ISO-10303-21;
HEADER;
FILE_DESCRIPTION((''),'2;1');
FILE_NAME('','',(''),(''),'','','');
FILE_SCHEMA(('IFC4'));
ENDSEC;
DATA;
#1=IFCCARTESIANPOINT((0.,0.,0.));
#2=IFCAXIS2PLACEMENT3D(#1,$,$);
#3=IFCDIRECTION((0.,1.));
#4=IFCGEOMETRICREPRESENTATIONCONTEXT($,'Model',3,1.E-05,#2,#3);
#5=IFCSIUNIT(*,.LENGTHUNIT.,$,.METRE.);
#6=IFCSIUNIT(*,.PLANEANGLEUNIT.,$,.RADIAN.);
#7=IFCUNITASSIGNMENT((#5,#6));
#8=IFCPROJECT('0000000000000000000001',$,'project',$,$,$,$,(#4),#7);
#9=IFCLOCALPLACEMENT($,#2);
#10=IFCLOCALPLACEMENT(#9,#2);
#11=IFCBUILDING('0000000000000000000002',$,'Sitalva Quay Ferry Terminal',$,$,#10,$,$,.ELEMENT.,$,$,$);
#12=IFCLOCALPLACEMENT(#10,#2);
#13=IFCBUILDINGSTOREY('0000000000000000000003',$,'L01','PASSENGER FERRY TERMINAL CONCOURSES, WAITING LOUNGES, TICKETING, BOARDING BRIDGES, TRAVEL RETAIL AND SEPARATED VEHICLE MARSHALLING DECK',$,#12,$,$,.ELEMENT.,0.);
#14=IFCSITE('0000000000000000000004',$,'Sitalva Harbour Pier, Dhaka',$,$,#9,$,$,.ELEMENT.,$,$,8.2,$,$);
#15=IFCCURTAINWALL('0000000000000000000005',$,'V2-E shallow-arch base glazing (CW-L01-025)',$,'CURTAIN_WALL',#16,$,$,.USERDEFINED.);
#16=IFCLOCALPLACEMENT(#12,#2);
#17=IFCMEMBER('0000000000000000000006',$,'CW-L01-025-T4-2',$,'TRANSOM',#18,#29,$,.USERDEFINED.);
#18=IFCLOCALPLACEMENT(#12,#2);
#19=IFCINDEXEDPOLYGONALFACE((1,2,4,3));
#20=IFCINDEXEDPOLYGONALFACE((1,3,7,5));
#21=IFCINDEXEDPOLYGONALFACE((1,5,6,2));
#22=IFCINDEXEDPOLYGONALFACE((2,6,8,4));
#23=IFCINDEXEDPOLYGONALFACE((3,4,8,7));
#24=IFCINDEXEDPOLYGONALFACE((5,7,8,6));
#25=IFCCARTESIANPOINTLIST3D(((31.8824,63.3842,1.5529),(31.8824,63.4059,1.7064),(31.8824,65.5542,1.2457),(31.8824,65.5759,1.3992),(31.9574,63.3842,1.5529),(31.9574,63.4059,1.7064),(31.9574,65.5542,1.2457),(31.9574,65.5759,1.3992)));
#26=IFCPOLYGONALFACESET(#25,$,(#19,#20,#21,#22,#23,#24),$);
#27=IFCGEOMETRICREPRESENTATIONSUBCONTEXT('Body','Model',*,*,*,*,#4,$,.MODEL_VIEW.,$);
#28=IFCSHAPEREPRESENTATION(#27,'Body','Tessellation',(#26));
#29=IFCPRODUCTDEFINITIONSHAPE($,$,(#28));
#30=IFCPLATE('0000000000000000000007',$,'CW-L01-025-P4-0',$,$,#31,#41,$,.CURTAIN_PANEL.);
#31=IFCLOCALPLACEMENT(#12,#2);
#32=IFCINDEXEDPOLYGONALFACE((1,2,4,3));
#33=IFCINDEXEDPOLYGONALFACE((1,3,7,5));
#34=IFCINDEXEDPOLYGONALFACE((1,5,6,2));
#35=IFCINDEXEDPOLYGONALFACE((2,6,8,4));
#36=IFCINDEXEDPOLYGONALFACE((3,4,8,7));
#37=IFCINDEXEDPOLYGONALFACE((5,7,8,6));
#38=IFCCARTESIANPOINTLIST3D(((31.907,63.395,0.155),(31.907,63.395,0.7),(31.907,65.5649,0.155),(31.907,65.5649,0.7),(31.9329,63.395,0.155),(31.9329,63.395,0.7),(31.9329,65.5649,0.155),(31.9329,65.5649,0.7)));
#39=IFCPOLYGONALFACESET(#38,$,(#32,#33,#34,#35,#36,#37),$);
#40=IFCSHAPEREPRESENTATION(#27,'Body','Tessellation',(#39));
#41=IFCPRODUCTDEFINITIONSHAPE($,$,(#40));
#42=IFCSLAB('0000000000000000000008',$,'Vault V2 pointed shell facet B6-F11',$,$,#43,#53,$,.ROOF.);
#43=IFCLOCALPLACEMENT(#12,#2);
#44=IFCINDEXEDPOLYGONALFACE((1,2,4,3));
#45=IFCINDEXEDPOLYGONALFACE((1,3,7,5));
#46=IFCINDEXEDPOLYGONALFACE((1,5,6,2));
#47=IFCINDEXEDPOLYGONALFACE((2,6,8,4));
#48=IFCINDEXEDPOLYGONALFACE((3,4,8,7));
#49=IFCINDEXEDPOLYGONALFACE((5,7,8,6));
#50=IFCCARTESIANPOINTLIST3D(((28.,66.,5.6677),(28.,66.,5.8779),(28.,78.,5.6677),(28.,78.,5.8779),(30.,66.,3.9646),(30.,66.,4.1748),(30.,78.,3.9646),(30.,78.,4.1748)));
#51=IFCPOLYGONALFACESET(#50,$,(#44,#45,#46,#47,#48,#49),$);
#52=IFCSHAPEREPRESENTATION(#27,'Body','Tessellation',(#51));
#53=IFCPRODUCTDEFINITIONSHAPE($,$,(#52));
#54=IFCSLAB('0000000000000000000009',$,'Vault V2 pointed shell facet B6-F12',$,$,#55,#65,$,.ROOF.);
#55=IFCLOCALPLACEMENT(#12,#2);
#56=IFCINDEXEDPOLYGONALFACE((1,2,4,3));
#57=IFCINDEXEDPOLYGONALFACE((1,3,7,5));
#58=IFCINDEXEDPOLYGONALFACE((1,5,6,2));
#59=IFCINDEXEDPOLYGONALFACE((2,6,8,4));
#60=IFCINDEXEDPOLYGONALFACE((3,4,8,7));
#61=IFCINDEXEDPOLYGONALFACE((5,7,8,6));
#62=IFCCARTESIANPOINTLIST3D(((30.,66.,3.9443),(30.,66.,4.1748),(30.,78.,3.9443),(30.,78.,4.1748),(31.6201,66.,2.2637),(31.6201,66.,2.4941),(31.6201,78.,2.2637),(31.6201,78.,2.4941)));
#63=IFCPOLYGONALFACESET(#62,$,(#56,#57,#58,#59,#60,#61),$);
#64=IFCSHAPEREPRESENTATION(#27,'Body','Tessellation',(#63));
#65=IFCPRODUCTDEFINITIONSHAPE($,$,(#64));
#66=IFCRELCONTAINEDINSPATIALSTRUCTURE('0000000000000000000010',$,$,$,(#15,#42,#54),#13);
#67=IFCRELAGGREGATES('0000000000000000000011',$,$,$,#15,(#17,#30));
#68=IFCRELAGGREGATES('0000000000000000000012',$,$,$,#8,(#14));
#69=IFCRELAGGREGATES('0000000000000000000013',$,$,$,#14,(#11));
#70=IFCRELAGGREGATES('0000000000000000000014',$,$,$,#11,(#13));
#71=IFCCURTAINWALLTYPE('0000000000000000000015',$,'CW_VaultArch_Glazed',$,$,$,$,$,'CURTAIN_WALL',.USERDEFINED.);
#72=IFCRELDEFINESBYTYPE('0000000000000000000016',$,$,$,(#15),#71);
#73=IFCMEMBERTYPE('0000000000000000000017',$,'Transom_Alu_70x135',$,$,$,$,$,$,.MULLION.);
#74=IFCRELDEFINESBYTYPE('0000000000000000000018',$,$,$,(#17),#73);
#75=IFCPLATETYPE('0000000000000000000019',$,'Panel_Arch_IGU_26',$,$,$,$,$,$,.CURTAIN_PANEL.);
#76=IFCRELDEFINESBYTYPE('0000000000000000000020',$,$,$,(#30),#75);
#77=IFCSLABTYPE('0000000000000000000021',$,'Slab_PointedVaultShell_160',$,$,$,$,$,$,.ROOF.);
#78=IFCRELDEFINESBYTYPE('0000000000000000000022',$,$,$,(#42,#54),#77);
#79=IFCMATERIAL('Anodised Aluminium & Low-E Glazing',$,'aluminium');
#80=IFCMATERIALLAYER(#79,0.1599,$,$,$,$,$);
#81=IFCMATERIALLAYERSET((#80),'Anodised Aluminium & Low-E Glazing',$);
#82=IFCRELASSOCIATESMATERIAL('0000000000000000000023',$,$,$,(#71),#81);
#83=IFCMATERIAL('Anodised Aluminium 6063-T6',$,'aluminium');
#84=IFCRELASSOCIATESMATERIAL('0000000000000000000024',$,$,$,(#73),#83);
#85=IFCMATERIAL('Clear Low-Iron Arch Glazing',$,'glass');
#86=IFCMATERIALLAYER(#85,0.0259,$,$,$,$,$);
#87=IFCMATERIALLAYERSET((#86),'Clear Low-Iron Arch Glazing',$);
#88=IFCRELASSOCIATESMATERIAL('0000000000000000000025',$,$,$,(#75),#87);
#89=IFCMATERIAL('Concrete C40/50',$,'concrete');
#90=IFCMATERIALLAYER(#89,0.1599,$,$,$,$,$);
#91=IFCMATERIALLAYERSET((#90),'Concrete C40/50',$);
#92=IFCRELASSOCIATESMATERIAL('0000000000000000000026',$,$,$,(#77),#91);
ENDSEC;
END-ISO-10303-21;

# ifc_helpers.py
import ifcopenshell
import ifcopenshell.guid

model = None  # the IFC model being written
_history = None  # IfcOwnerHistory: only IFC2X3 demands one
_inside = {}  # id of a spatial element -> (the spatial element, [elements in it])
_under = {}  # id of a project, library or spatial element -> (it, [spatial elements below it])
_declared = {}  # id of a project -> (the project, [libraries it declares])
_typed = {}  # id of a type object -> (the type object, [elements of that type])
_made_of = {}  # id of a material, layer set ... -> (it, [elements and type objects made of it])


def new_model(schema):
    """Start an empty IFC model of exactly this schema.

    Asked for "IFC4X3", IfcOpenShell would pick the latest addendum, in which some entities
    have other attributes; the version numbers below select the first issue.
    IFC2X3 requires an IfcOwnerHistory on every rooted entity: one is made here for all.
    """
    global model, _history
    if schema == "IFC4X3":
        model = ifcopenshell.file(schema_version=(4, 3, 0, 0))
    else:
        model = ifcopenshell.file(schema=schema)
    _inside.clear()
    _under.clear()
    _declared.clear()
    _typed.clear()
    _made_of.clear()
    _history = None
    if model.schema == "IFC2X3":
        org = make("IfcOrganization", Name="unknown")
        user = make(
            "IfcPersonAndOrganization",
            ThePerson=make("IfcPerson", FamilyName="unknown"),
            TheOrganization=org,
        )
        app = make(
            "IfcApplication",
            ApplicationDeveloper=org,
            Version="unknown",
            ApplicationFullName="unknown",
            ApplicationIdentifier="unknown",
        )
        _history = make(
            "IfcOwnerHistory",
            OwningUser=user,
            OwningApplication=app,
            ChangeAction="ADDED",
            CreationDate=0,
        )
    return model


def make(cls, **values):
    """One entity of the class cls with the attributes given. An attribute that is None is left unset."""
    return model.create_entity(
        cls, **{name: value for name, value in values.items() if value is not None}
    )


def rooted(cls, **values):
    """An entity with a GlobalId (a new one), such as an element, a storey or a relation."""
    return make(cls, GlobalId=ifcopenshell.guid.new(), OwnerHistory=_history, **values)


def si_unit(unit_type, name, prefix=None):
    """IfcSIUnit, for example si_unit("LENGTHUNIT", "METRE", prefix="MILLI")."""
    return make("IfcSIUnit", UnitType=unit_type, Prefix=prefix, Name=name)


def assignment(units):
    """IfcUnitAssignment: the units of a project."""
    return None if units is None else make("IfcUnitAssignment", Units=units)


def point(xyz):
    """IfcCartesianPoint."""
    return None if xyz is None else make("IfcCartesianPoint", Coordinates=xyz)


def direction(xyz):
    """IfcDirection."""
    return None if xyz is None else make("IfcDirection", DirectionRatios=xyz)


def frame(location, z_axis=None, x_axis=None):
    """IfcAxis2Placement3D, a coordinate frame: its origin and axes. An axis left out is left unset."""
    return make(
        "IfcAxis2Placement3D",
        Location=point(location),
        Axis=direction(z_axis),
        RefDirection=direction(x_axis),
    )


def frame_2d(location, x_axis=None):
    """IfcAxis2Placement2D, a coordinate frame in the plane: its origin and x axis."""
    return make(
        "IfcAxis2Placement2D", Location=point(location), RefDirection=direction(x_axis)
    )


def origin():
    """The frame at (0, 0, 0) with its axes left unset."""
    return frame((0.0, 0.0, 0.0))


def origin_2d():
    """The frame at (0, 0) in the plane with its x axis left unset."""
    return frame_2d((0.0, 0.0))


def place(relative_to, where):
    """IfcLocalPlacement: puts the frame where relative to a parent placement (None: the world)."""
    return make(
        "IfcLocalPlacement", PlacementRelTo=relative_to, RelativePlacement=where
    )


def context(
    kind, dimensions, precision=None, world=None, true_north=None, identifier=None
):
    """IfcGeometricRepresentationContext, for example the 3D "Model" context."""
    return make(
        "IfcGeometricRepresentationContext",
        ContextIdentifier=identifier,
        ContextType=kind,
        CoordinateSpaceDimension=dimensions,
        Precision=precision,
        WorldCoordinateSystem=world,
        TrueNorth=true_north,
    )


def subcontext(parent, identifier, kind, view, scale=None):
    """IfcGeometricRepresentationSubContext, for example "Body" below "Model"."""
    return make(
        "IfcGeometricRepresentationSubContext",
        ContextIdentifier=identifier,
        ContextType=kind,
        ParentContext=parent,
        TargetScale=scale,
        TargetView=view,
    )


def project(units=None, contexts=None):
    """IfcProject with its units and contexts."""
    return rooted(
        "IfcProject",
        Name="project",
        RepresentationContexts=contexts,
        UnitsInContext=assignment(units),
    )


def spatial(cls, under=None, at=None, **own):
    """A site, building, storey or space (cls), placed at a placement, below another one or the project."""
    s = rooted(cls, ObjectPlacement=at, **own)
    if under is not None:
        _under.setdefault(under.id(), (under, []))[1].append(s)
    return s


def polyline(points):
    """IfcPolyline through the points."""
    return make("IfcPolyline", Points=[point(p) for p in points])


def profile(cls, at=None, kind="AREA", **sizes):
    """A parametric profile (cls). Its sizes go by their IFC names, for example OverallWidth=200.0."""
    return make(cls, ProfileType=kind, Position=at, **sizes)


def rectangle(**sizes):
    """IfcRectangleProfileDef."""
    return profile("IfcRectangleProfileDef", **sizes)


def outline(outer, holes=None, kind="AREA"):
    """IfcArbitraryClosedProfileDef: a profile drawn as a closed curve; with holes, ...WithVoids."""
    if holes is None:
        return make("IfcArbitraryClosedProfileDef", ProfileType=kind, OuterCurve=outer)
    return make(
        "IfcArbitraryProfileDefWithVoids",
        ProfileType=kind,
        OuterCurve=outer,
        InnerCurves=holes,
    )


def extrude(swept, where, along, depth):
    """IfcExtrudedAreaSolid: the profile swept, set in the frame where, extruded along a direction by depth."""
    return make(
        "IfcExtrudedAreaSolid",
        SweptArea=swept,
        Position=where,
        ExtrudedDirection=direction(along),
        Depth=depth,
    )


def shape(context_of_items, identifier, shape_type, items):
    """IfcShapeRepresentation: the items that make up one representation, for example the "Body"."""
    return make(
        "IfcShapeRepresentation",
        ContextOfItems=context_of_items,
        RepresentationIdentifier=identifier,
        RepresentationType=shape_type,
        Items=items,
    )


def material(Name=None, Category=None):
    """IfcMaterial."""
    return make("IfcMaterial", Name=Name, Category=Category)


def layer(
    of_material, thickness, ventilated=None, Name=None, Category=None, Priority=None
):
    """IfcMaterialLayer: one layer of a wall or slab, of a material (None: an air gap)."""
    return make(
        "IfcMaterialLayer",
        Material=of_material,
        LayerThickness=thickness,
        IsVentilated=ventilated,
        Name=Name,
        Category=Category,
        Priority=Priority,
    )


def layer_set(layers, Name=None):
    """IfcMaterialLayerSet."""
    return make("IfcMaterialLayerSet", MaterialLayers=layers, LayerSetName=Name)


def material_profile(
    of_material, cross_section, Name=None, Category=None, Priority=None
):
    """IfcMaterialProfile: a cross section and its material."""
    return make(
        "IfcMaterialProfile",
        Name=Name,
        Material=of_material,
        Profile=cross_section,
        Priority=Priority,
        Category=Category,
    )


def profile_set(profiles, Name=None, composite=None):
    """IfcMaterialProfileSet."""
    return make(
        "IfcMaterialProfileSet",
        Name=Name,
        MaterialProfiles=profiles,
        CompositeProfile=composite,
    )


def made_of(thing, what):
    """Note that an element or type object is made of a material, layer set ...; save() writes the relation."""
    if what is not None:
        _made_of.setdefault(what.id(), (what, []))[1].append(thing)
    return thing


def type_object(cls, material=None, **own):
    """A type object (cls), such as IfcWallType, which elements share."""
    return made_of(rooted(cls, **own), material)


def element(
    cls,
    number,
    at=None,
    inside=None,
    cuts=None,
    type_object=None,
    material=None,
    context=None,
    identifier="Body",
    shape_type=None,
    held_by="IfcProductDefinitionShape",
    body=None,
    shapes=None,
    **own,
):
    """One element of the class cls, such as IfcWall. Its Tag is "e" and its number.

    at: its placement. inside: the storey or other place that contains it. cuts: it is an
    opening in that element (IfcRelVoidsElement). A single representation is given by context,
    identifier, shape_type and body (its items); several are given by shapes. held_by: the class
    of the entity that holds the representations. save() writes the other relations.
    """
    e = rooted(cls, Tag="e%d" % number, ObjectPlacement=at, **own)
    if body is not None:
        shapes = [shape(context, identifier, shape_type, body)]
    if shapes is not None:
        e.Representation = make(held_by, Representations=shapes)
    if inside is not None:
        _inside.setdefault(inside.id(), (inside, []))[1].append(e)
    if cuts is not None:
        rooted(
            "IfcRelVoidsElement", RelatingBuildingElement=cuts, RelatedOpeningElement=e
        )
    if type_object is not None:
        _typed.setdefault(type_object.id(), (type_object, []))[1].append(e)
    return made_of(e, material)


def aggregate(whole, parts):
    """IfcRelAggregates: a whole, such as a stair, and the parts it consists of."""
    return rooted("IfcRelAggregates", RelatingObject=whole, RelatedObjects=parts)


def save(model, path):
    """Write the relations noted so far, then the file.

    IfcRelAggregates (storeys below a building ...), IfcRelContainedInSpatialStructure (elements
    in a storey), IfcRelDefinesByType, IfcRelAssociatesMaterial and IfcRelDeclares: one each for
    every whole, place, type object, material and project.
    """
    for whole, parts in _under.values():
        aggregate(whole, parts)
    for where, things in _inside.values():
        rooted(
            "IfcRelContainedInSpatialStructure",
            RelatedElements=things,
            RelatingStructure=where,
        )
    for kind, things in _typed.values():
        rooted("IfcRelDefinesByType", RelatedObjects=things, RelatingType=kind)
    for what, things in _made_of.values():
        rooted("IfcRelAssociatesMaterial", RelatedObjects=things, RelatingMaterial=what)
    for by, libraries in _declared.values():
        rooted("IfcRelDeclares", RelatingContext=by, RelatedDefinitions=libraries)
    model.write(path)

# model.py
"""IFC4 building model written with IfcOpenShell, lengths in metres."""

from ifc_helpers import new_model, si_unit, direction, frame, origin, origin_2d, place, context, subcontext, project, spatial, polyline, rectangle, outline, extrude, material, layer, layer_set, material_profile, profile_set, type_object, element, aggregate, save


model = new_model("IFC4")

# Units and contexts
model_context = context("Model", 3, precision=1e-05, world=origin(), true_north=direction((0.0, 1.0)))
body_context = subcontext(model_context, "Body", "Model", "MODEL_VIEW")
ifc_project = project(units=[si_unit("LENGTHUNIT", "METRE"), si_unit("PLANEANGLEUNIT", "RADIAN")], contexts=[model_context])

# Site, building, storey
site_placement = place(None, origin())
site = spatial("IfcSite", under=ifc_project, at=site_placement, Name="Sitalva Harbour Pier, Dhaka", CompositionType="ELEMENT", RefElevation=8.2)
building_placement = place(site_placement, origin())
building = spatial("IfcBuilding", under=site, at=building_placement, Name="Sitalva Quay Ferry Terminal", CompositionType="ELEMENT")
storey_placement = place(building_placement, origin())
storey = spatial("IfcBuildingStorey", under=building, at=storey_placement, Name="L01", Description="PASSENGER FERRY TERMINAL CONCOURSES, WAITING LOUNGES, TICKETING, BOARDING BRIDGES, TRAVEL RETAIL AND SEPARATED VEHICLE MARSHALLING DECK", CompositionType="ELEMENT", Elevation=0.0)

# Curtain wall, member, plate
ifc_material_1 = material(Name="Anodised Aluminium & Low-E Glazing", Category="aluminium")
ifc_layer_1 = layer(ifc_material_1, 0.1599)
ifc_layer_set_1 = layer_set([ifc_layer_1], Name="Anodised Aluminium & Low-E Glazing")
curtain_wall_type = type_object("IfcCurtainWallType", Name="CW_VaultArch_Glazed", ElementType="CURTAIN_WALL", PredefinedType="USERDEFINED", material=ifc_layer_set_1)
curtain_wall_placement = place(storey_placement, origin())
curtain_wall = element("IfcCurtainWall", 1, at=curtain_wall_placement, inside=storey, type_object=curtain_wall_type, Name="V2-E shallow-arch base glazing (CW-L01-025)", ObjectType="CURTAIN_WALL", PredefinedType="USERDEFINED")
ifc_material_2 = material(Name="Anodised Aluminium 6063-T6", Category="aluminium")
ifc_material_profile_1 = material_profile(ifc_material_2, rectangle(XDim=0.075, YDim=0.155, at=origin_2d()), Name="ALU75x155")
ifc_profile_set_1 = profile_set([ifc_material_profile_1], Name="Anodised Aluminium 6063-T6")
member_type_1 = type_object("IfcMemberType", Name="Transom_Alu_70x135", PredefinedType="MULLION", material=ifc_profile_set_1)
member_1_placement = place(storey_placement, frame((31.9199, 63.395, 1.6296), z_axis=(0.0, 0.990131, -0.140142), x_axis=(-1.0, 0.0, 0.0)))
member_1 = element("IfcMember", 2, at=member_1_placement, type_object=member_type_1, Name="CW-L01-025-T4-2", ObjectType="TRANSOM", PredefinedType="USERDEFINED", context=body_context, shape_type="SweptSolid", body=[
    extrude(rectangle(XDim=0.075, YDim=0.155, at=origin_2d()), origin(), (0.0, 0.0, 1.0), 2.1917),
])
ifc_material_3 = material(Name="Clear Low-Iron Arch Glazing", Category="glass")
ifc_layer_2 = layer(ifc_material_3, 0.0259)
ifc_layer_set_2 = layer_set([ifc_layer_2], Name="Clear Low-Iron Arch Glazing")
plate_type = type_object("IfcPlateType", Name="Panel_Arch_IGU_26", PredefinedType="CURTAIN_PANEL", material=ifc_layer_set_2)
plate_placement = place(storey_placement, frame((31.9199, 64.48, 0.155), z_axis=(0.0, 0.0, 1.0), x_axis=(0.0, 1.0, 0.0)))
plate = element("IfcPlate", 3, at=plate_placement, type_object=plate_type, Name="CW-L01-025-P4-0", PredefinedType="CURTAIN_PANEL", context=body_context, shape_type="SweptSolid", body=[
    extrude(rectangle(XDim=2.1699, YDim=0.0259, at=origin_2d()), origin(), (0.0, 0.0, 1.0), 0.5449),
])
aggregate(curtain_wall, [member_1, plate])

# Slabs
ifc_material_4 = material(Name="Concrete C40/50", Category="concrete")
ifc_layer_3 = layer(ifc_material_4, 0.1599)
ifc_layer_set_3 = layer_set([ifc_layer_3], Name="Concrete C40/50")
slab_type = type_object("IfcSlabType", Name="Slab_PointedVaultShell_160", PredefinedType="ROOF", material=ifc_layer_set_3)
slab_1_placement = place(storey_placement, frame((28.0, 66.0, 5.8779), z_axis=(0.648339, 0.0, 0.761352), x_axis=(0.761352, 0.0, -0.648339)))
element("IfcSlab", 4, at=slab_1_placement, inside=storey, type_object=slab_type, Name="Vault V2 pointed shell facet B6-F11", PredefinedType="ROOF", context=body_context, shape_type="SweptSolid", body=[
    extrude(outline(polyline([(0.0, 0.0), (2.6269, 0.0), (2.6269, 12.0), (0.0, 12.0), (0.0, 0.0)])), origin(), (0.648339, 0.0, -0.761352), 0.2102),
])
slab_2_placement = place(storey_placement, frame((30.0, 66.0, 4.1748), z_axis=(0.719956, 0.0, 0.694019), x_axis=(0.694019, 0.0, -0.719956)))
element("IfcSlab", 5, at=slab_2_placement, inside=storey, type_object=slab_type, Name="Vault V2 pointed shell facet B6-F12", PredefinedType="ROOF", context=body_context, shape_type="SweptSolid", body=[
    extrude(outline(polyline([(0.0, 0.0), (2.3344, 0.0), (2.3344, 12.0), (0.0, 12.0), (0.0, 0.0)])), origin(), (0.719956, 0.0, -0.694019), 0.2305),
])

save(model, "model.ifc")
